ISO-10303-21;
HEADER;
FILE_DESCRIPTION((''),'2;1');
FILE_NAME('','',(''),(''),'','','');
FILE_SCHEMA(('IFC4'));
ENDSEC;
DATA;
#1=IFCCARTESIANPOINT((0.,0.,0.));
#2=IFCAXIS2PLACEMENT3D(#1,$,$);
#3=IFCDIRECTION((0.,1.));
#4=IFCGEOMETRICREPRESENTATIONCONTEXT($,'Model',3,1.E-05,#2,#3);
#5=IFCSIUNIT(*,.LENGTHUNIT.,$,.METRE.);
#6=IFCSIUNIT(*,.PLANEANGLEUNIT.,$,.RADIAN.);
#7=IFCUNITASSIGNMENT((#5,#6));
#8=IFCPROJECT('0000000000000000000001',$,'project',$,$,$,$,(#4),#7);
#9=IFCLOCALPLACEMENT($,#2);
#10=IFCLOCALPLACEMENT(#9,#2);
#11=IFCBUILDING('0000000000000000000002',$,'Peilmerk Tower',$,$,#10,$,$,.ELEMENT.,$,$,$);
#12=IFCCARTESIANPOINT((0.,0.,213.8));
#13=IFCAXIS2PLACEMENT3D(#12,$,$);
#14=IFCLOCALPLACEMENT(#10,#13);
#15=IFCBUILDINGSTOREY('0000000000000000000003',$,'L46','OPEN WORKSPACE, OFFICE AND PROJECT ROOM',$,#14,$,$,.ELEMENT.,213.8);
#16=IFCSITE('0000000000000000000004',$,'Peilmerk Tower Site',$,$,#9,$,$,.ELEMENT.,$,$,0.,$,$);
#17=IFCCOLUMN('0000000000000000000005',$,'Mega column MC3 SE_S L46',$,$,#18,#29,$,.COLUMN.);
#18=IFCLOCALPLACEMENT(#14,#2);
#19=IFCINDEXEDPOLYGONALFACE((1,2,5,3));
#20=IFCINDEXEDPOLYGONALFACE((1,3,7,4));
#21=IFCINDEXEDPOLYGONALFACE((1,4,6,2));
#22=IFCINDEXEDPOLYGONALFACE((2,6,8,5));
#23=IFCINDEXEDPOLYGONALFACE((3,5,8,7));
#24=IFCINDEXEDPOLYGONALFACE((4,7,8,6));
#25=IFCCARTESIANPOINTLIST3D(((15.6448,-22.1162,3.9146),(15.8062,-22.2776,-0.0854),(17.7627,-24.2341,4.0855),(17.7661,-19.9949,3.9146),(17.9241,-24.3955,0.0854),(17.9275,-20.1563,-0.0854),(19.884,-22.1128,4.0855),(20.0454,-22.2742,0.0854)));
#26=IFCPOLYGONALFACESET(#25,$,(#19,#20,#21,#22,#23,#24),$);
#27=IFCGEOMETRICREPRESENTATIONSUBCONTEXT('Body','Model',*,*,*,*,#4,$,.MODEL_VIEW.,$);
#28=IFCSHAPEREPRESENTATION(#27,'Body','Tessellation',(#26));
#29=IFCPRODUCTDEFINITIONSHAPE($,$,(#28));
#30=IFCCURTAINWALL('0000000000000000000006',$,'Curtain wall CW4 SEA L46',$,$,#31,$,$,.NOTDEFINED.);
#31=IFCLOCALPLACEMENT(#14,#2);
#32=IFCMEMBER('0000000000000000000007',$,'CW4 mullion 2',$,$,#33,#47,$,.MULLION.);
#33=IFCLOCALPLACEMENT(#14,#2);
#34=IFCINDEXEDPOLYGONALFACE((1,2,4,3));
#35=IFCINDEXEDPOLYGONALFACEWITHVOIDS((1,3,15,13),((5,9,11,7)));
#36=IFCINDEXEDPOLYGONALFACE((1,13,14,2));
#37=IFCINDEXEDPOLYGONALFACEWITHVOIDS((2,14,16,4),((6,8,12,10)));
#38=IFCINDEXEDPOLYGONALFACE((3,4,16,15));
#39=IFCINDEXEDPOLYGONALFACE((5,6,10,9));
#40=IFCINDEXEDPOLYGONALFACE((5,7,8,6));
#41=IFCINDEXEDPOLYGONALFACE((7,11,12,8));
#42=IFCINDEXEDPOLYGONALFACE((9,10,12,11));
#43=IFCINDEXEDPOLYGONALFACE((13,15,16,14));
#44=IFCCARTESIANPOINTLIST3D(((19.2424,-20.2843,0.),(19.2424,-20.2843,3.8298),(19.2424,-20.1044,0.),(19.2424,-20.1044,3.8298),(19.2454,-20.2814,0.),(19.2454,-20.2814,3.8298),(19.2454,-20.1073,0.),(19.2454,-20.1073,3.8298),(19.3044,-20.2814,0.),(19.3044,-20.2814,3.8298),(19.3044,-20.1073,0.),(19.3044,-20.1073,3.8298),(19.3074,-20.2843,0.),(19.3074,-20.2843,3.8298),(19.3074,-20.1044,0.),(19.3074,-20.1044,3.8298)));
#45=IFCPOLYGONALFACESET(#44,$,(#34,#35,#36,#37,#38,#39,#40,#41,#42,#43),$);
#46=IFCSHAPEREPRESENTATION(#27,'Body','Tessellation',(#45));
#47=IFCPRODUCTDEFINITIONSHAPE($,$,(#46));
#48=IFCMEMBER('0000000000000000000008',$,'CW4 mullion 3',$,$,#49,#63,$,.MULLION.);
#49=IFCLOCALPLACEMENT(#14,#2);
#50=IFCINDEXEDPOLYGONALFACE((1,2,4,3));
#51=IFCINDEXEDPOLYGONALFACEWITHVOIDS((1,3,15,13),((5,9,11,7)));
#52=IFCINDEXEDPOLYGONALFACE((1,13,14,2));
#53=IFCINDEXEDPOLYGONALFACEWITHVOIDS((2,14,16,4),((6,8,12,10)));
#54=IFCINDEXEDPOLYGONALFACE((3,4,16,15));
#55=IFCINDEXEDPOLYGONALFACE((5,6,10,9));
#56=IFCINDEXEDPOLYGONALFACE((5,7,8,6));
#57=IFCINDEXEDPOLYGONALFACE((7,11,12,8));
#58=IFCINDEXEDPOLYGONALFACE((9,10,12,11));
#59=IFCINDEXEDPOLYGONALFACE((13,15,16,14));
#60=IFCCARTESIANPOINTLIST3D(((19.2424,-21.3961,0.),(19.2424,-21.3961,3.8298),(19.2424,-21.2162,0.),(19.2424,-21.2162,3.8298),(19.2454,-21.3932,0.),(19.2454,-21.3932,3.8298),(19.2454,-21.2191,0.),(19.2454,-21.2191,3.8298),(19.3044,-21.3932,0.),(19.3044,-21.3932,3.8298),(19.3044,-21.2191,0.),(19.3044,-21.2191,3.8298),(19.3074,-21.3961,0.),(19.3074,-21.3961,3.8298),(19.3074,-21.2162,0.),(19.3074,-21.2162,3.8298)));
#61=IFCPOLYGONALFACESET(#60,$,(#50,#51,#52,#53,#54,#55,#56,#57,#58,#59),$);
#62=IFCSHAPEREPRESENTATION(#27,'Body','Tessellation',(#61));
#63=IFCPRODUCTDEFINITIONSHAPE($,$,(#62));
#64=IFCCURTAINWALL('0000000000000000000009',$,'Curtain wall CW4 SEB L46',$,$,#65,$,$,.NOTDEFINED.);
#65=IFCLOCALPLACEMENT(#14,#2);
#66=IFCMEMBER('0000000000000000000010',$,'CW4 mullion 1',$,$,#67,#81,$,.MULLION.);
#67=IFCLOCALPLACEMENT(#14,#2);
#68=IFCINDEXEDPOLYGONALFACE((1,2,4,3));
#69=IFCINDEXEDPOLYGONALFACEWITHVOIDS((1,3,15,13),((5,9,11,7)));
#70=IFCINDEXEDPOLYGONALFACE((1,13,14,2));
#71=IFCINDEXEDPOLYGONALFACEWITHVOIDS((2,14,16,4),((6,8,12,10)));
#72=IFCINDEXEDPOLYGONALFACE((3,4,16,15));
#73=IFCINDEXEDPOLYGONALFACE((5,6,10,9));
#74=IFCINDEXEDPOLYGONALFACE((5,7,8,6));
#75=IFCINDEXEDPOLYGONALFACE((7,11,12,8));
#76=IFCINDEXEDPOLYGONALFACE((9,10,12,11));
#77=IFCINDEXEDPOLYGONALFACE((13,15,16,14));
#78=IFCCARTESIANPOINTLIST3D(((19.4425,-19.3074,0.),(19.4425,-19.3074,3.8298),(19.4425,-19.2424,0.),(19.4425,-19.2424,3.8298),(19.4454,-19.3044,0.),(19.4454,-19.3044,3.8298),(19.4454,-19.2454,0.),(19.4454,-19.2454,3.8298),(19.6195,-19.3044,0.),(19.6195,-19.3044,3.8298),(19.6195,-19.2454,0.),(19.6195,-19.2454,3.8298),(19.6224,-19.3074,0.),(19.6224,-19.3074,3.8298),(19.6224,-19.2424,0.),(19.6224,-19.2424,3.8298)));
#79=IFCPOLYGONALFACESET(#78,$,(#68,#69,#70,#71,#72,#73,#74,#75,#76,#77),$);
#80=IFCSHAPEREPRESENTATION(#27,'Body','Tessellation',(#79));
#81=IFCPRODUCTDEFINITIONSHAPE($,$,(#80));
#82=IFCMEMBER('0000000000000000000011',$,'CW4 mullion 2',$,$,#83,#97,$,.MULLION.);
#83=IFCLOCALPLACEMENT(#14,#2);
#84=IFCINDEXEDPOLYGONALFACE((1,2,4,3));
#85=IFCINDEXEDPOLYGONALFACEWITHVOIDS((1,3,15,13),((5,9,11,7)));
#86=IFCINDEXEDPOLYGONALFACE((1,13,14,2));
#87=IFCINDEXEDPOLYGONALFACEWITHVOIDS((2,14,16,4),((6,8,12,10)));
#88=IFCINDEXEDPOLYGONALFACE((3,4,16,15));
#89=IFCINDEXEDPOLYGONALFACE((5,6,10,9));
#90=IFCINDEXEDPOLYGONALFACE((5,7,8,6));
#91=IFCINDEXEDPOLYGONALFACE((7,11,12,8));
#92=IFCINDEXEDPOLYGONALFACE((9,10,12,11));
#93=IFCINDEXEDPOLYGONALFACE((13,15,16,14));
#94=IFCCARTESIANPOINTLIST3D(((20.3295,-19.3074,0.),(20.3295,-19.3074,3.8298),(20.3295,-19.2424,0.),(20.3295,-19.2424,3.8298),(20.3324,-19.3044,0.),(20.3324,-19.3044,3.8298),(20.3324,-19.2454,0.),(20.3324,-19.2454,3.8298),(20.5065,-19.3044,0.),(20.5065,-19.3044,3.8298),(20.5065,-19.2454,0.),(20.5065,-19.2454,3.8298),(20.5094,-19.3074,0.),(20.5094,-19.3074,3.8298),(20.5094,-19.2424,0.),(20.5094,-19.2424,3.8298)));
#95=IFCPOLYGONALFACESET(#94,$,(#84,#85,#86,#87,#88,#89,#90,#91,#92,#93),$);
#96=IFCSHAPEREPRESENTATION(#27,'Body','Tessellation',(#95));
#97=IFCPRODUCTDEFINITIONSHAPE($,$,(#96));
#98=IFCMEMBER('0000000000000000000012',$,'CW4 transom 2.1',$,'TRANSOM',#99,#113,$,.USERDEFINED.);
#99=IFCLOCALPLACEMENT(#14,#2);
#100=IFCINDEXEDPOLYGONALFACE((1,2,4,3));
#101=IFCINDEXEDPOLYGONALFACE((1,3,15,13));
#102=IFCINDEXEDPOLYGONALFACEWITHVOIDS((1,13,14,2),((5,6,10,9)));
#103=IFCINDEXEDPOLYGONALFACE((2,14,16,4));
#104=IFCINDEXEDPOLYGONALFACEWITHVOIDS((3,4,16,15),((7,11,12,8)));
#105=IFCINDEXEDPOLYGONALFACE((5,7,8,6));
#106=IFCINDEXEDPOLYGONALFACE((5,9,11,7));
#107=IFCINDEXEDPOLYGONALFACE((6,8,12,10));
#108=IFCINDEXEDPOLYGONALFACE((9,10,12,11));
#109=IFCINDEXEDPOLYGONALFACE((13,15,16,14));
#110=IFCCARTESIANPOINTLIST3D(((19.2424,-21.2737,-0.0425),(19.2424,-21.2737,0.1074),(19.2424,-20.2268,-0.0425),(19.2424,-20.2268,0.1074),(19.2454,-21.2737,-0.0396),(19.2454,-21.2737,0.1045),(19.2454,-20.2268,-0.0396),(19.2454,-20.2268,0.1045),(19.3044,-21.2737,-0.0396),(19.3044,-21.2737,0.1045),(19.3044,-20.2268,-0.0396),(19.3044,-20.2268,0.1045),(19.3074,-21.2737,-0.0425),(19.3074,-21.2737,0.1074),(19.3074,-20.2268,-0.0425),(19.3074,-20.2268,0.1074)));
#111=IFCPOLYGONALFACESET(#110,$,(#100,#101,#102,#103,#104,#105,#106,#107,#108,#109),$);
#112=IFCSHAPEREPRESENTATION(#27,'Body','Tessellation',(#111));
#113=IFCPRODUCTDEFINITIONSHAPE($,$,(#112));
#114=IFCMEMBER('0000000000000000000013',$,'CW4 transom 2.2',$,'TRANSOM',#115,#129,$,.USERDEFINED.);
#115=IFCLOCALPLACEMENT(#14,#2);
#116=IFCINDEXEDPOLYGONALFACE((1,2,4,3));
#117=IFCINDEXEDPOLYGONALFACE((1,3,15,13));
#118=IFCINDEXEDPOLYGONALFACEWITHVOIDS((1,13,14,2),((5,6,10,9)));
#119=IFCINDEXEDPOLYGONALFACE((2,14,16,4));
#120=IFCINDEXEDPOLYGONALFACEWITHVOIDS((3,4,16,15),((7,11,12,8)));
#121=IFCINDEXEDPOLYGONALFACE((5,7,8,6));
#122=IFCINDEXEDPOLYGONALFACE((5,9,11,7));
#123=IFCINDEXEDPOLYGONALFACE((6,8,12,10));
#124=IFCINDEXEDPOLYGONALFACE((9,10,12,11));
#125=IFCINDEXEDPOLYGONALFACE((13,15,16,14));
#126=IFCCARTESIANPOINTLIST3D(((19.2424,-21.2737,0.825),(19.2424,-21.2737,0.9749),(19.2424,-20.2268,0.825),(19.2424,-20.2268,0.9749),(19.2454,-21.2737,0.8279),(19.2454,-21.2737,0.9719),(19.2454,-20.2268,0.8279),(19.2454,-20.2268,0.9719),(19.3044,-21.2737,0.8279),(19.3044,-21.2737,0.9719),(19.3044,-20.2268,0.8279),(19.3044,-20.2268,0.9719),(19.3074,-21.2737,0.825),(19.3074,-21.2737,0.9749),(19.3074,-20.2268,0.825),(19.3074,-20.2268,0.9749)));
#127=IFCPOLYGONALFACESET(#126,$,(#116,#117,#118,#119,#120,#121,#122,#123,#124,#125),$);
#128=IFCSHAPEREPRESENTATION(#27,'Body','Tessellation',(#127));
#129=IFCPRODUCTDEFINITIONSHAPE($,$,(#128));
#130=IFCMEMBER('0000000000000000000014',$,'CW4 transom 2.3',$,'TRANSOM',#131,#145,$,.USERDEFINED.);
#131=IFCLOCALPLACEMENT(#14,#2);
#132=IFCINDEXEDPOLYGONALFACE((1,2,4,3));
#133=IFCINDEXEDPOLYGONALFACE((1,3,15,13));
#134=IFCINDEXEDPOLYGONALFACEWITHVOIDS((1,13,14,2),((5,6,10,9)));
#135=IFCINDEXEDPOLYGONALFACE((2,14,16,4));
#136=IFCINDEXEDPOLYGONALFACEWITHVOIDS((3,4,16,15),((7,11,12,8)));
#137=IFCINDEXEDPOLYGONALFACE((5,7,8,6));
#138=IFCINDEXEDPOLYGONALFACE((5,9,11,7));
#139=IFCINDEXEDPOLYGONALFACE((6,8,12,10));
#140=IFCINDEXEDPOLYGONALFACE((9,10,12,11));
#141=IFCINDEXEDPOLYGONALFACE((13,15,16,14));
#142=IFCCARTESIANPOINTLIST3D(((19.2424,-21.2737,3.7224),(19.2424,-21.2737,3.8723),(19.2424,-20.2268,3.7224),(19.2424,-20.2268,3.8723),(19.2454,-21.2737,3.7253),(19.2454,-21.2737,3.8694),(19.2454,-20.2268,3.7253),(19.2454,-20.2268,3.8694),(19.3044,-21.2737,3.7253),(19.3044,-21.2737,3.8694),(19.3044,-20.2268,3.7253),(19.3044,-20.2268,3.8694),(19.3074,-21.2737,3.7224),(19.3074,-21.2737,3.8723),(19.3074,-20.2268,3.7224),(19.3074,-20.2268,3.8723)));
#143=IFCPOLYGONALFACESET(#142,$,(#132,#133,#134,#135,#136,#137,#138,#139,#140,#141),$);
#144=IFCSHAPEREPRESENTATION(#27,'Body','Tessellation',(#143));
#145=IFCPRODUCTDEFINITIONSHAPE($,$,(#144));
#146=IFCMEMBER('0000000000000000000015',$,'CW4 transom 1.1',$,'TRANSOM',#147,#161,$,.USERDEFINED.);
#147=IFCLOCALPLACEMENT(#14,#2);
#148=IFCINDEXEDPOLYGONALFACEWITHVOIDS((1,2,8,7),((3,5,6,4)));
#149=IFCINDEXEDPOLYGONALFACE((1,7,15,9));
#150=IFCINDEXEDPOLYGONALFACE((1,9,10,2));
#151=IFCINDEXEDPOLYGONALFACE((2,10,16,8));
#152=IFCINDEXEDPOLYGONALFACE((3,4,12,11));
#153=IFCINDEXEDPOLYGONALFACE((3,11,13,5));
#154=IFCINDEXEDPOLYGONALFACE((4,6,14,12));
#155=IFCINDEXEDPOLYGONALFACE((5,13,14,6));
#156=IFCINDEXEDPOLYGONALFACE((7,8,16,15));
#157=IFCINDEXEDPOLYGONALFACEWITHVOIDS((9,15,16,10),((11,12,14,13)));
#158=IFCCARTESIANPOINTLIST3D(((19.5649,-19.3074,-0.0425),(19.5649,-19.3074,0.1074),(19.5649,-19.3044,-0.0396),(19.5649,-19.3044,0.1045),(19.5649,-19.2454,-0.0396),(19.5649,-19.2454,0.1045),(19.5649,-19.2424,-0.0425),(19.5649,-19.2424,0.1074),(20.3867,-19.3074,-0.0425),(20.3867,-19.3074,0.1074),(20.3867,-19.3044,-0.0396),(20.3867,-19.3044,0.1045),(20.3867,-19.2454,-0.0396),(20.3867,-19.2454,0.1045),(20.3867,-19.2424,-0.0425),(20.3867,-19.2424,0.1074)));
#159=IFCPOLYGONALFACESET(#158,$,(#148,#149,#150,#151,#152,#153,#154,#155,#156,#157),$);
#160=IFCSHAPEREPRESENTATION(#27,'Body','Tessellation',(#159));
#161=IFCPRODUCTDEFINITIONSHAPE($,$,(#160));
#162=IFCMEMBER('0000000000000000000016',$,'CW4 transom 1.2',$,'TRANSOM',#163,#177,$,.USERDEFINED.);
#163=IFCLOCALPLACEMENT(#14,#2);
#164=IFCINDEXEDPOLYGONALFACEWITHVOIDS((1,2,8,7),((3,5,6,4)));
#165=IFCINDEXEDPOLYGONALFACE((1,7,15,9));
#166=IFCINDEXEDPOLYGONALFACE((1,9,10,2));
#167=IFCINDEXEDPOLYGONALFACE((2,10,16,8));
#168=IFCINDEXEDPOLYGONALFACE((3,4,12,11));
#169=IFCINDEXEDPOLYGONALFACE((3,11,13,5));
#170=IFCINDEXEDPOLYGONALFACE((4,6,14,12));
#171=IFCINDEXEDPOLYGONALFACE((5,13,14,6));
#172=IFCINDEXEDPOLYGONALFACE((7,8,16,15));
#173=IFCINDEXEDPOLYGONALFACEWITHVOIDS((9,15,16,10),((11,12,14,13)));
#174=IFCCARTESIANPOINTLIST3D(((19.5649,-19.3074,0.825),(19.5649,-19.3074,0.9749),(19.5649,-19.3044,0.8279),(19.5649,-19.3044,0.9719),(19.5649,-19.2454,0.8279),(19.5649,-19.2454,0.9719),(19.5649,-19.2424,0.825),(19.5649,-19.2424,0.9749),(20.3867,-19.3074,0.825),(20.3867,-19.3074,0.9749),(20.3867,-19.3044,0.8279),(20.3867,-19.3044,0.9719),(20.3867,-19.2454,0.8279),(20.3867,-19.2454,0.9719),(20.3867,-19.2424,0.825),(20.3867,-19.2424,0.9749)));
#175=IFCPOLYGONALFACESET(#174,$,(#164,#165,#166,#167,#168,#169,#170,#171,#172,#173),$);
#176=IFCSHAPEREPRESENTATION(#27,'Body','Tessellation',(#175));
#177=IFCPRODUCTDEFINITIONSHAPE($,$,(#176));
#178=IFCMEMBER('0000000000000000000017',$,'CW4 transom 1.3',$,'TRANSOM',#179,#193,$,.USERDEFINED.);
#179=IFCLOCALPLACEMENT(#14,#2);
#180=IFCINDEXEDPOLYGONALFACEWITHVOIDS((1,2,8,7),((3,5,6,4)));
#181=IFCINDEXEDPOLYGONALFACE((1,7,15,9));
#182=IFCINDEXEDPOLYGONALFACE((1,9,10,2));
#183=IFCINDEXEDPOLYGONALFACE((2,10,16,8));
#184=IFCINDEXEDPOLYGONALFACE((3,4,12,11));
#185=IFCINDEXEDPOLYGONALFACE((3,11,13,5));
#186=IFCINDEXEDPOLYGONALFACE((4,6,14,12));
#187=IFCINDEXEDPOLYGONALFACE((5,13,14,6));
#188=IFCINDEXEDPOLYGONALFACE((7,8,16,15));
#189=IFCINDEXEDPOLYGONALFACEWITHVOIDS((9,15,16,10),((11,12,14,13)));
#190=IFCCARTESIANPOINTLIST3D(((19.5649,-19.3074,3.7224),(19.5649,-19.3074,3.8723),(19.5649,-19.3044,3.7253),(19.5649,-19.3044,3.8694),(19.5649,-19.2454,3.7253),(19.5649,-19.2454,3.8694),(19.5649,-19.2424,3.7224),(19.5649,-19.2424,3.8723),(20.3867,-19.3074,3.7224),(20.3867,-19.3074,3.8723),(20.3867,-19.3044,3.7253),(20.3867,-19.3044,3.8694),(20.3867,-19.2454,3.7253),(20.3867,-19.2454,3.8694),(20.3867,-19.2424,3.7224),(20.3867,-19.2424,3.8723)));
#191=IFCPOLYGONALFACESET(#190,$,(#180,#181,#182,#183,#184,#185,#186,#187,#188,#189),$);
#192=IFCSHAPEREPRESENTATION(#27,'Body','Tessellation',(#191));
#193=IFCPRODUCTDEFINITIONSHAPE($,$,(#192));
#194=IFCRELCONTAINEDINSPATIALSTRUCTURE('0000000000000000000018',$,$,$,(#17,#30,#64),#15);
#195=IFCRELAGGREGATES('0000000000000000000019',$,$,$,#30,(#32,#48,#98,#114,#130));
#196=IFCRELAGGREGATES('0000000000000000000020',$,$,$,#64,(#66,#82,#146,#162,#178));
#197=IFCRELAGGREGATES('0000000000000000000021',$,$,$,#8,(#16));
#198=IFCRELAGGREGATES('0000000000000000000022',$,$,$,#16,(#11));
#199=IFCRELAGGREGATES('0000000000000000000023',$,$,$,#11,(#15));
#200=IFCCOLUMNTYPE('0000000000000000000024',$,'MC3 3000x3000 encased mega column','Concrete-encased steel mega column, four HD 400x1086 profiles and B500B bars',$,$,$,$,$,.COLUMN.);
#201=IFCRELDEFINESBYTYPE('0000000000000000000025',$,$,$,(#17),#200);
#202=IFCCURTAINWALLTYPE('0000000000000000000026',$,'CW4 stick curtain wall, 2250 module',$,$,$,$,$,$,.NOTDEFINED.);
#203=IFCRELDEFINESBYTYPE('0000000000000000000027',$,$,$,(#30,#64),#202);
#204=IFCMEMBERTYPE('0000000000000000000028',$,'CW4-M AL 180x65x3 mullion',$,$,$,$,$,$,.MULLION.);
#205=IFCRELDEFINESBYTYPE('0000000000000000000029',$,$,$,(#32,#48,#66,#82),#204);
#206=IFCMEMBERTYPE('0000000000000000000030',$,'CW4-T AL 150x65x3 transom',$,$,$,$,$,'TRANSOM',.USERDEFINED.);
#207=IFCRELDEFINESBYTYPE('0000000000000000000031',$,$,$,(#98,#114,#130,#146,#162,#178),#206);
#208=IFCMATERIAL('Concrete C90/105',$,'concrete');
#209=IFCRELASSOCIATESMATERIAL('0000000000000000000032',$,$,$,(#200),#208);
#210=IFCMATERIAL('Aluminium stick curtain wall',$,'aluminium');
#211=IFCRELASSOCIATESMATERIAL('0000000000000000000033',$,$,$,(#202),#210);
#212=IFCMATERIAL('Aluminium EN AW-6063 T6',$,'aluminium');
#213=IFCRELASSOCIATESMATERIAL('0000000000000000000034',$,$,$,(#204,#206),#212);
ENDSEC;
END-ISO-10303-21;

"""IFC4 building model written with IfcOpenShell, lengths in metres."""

from ifc_helpers import new_model, si_unit, direction, frame, origin, origin_2d, place, context, subcontext, project, spatial, rectangle, hollow_rectangle, extrude, material, material_profile, profile_set, type_object, element, aggregate, save


model = new_model("IFC4")

# Units and contexts
model_context = context("Model", 3, precision=1e-05, world=origin(), true_north=direction((0.0, 1.0)))
body_context = subcontext(model_context, "Body", "Model", "MODEL_VIEW")
ifc_project = project(units=[si_unit("LENGTHUNIT", "METRE"), si_unit("PLANEANGLEUNIT", "RADIAN")], contexts=[model_context])

# Site, building, storey
site_placement = place(None, origin())
site = spatial("IfcSite", under=ifc_project, at=site_placement, Name="Peilmerk Tower Site", CompositionType="ELEMENT", RefElevation=0.0)
building_placement = place(site_placement, origin())
building = spatial("IfcBuilding", under=site, at=building_placement, Name="Peilmerk Tower", CompositionType="ELEMENT")
storey_placement = place(building_placement, frame((0.0, 0.0, 213.8)))
storey = spatial("IfcBuildingStorey", under=building, at=storey_placement, Name="L46", Description="OPEN WORKSPACE, OFFICE AND PROJECT ROOM", CompositionType="ELEMENT", Elevation=213.8)

# Column
ifc_material_1 = material(Name="Concrete C90/105", Category="concrete")
ifc_material_profile_1 = material_profile(ifc_material_1, rectangle(XDim=3.0, YDim=3.0, at=origin_2d()), Name="RC 3000x3000")
ifc_profile_set_1 = profile_set([ifc_material_profile_1], Name="Concrete C90/105")
column_type = type_object("IfcColumnType", Name="MC3 3000x3000 encased mega column", Description="Concrete-encased steel mega column, four HD 400x1086 profiles and B500B bars", PredefinedType="COLUMN", material=ifc_profile_set_1)
column_placement = place(storey_placement, frame((17.9258, -22.2759, 0.0), z_axis=(-0.040279, 0.040279, 0.998376), x_axis=(-0.707107, -0.707107, 0.0)))
element("IfcColumn", 1, at=column_placement, inside=storey, type_object=column_type, Name="Mega column MC3 SE_S L46", PredefinedType="COLUMN", context=body_context, shape_type="SweptSolid", body=[
    extrude(rectangle(XDim=3.0, YDim=3.0, at=origin_2d()), origin(), (0.0, 0.0, 1.0), 4.0066),
])

# Curtain walls, members
ifc_material_2 = material(Name="Aluminium stick curtain wall", Category="aluminium")
curtain_wall_type = type_object("IfcCurtainWallType", Name="CW4 stick curtain wall, 2250 module", PredefinedType="NOTDEFINED", material=ifc_material_2)
curtain_wall_1_placement = place(storey_placement, origin())
curtain_wall_1 = element("IfcCurtainWall", 2, at=curtain_wall_1_placement, inside=storey, type_object=curtain_wall_type, Name="Curtain wall CW4 SEA L46", PredefinedType="NOTDEFINED")
ifc_material_3 = material(Name="Aluminium EN AW-6063 T6", Category="aluminium")
ifc_material_profile_2 = material_profile(ifc_material_3, hollow_rectangle(XDim=0.0649, YDim=0.1799, WallThickness=0.0029, at=origin_2d()), Name="AL 180x65x3")
ifc_profile_set_2 = profile_set([ifc_material_profile_2], Name="Aluminium EN AW-6063 T6")
member_type_1 = type_object("IfcMemberType", Name="CW4-M AL 180x65x3 mullion", PredefinedType="MULLION", material=ifc_profile_set_2)
member_1_placement = place(storey_placement, frame((19.2749, -20.1943, 0.0), z_axis=(0.0, 0.0, 1.0), x_axis=(1.0, 0.0, 0.0)))
member_1 = element("IfcMember", 3, at=member_1_placement, type_object=member_type_1, Name="CW4 mullion 2", PredefinedType="MULLION", context=body_context, shape_type="SweptSolid", body=[
    extrude(hollow_rectangle(XDim=0.0649, YDim=0.1799, WallThickness=0.0029, at=origin_2d()), origin(), (0.0, 0.0, 1.0), 3.8298),
])
member_2_placement = place(storey_placement, frame((19.2749, -21.3062, 0.0), z_axis=(0.0, 0.0, 1.0), x_axis=(1.0, 0.0, 0.0)))
member_2 = element("IfcMember", 4, at=member_2_placement, type_object=member_type_1, Name="CW4 mullion 3", PredefinedType="MULLION", context=body_context, shape_type="SweptSolid", body=[
    extrude(hollow_rectangle(XDim=0.0649, YDim=0.1799, WallThickness=0.0029, at=origin_2d()), origin(), (0.0, 0.0, 1.0), 3.8298),
])
curtain_wall_2_placement = place(storey_placement, origin())
curtain_wall_2 = element("IfcCurtainWall", 5, at=curtain_wall_2_placement, inside=storey, type_object=curtain_wall_type, Name="Curtain wall CW4 SEB L46", PredefinedType="NOTDEFINED")
member_3_placement = place(storey_placement, frame((19.5325, -19.2749, 0.0), z_axis=(0.0, 0.0, 1.0), x_axis=(0.0, 1.0, 0.0)))
member_3 = element("IfcMember", 6, at=member_3_placement, type_object=member_type_1, Name="CW4 mullion 1", PredefinedType="MULLION", context=body_context, shape_type="SweptSolid", body=[
    extrude(hollow_rectangle(XDim=0.0649, YDim=0.1799, WallThickness=0.0029, at=origin_2d()), origin(), (0.0, 0.0, 1.0), 3.8298),
])
member_4_placement = place(storey_placement, frame((20.4194, -19.2749, 0.0), z_axis=(0.0, 0.0, 1.0), x_axis=(0.0, 1.0, 0.0)))
member_4 = element("IfcMember", 7, at=member_4_placement, type_object=member_type_1, Name="CW4 mullion 2", PredefinedType="MULLION", context=body_context, shape_type="SweptSolid", body=[
    extrude(hollow_rectangle(XDim=0.0649, YDim=0.1799, WallThickness=0.0029, at=origin_2d()), origin(), (0.0, 0.0, 1.0), 3.8298),
])

# Members
ifc_material_profile_3 = material_profile(ifc_material_3, hollow_rectangle(XDim=0.0649, YDim=0.1499, WallThickness=0.0029, at=origin_2d()), Name="AL 150x65x3")
ifc_profile_set_3 = profile_set([ifc_material_profile_3], Name="Aluminium EN AW-6063 T6")
member_type_2 = type_object("IfcMemberType", Name="CW4-T AL 150x65x3 transom", ElementType="TRANSOM", PredefinedType="USERDEFINED", material=ifc_profile_set_3)
member_5_placement = place(storey_placement, frame((19.2749, -20.2268, 0.0325), z_axis=(0.0, -1.0, 0.0), x_axis=(1.0, 0.0, 0.0)))
member_5 = element("IfcMember", 8, at=member_5_placement, type_object=member_type_2, Name="CW4 transom 2.1", ObjectType="TRANSOM", PredefinedType="USERDEFINED", context=body_context, shape_type="SweptSolid", body=[
    extrude(hollow_rectangle(XDim=0.0649, YDim=0.1499, WallThickness=0.0029, at=origin_2d()), origin(), (0.0, 0.0, 1.0), 1.0469),
])
member_6_placement = place(storey_placement, frame((19.2749, -20.2268, 0.8999), z_axis=(0.0, -1.0, 0.0), x_axis=(1.0, 0.0, 0.0)))
member_6 = element("IfcMember", 9, at=member_6_placement, type_object=member_type_2, Name="CW4 transom 2.2", ObjectType="TRANSOM", PredefinedType="USERDEFINED", context=body_context, shape_type="SweptSolid", body=[
    extrude(hollow_rectangle(XDim=0.0649, YDim=0.1499, WallThickness=0.0029, at=origin_2d()), origin(), (0.0, 0.0, 1.0), 1.0469),
])
member_7_placement = place(storey_placement, frame((19.2749, -20.2268, 3.7974), z_axis=(0.0, -1.0, 0.0), x_axis=(1.0, 0.0, 0.0)))
member_7 = element("IfcMember", 10, at=member_7_placement, type_object=member_type_2, Name="CW4 transom 2.3", ObjectType="TRANSOM", PredefinedType="USERDEFINED", context=body_context, shape_type="SweptSolid", body=[
    extrude(hollow_rectangle(XDim=0.0649, YDim=0.1499, WallThickness=0.0029, at=origin_2d()), origin(), (0.0, 0.0, 1.0), 1.0469),
])
member_8_placement = place(storey_placement, frame((19.5649, -19.2749, 0.0325), z_axis=(1.0, 0.0, 0.0), x_axis=(0.0, 1.0, 0.0)))
member_8 = element("IfcMember", 11, at=member_8_placement, type_object=member_type_2, Name="CW4 transom 1.1", ObjectType="TRANSOM", PredefinedType="USERDEFINED", context=body_context, shape_type="SweptSolid", body=[
    extrude(hollow_rectangle(XDim=0.0649, YDim=0.1499, WallThickness=0.0029, at=origin_2d()), origin(), (0.0, 0.0, 1.0), 0.8218),
])
member_9_placement = place(storey_placement, frame((19.5649, -19.2749, 0.8999), z_axis=(1.0, 0.0, 0.0), x_axis=(0.0, 1.0, 0.0)))
member_9 = element("IfcMember", 12, at=member_9_placement, type_object=member_type_2, Name="CW4 transom 1.2", ObjectType="TRANSOM", PredefinedType="USERDEFINED", context=body_context, shape_type="SweptSolid", body=[
    extrude(hollow_rectangle(XDim=0.0649, YDim=0.1499, WallThickness=0.0029, at=origin_2d()), origin(), (0.0, 0.0, 1.0), 0.8218),
])
member_10_placement = place(storey_placement, frame((19.5649, -19.2749, 3.7974), z_axis=(1.0, 0.0, 0.0), x_axis=(0.0, 1.0, 0.0)))
member_10 = element("IfcMember", 13, at=member_10_placement, type_object=member_type_2, Name="CW4 transom 1.3", ObjectType="TRANSOM", PredefinedType="USERDEFINED", context=body_context, shape_type="SweptSolid", body=[
    extrude(hollow_rectangle(XDim=0.0649, YDim=0.1499, WallThickness=0.0029, at=origin_2d()), origin(), (0.0, 0.0, 1.0), 0.8218),
])

aggregate(curtain_wall_1, [member_1, member_2, member_5, member_6, member_7])
aggregate(curtain_wall_2, [member_3, member_4, member_8, member_9, member_10])

save(model, "model.ifc")
